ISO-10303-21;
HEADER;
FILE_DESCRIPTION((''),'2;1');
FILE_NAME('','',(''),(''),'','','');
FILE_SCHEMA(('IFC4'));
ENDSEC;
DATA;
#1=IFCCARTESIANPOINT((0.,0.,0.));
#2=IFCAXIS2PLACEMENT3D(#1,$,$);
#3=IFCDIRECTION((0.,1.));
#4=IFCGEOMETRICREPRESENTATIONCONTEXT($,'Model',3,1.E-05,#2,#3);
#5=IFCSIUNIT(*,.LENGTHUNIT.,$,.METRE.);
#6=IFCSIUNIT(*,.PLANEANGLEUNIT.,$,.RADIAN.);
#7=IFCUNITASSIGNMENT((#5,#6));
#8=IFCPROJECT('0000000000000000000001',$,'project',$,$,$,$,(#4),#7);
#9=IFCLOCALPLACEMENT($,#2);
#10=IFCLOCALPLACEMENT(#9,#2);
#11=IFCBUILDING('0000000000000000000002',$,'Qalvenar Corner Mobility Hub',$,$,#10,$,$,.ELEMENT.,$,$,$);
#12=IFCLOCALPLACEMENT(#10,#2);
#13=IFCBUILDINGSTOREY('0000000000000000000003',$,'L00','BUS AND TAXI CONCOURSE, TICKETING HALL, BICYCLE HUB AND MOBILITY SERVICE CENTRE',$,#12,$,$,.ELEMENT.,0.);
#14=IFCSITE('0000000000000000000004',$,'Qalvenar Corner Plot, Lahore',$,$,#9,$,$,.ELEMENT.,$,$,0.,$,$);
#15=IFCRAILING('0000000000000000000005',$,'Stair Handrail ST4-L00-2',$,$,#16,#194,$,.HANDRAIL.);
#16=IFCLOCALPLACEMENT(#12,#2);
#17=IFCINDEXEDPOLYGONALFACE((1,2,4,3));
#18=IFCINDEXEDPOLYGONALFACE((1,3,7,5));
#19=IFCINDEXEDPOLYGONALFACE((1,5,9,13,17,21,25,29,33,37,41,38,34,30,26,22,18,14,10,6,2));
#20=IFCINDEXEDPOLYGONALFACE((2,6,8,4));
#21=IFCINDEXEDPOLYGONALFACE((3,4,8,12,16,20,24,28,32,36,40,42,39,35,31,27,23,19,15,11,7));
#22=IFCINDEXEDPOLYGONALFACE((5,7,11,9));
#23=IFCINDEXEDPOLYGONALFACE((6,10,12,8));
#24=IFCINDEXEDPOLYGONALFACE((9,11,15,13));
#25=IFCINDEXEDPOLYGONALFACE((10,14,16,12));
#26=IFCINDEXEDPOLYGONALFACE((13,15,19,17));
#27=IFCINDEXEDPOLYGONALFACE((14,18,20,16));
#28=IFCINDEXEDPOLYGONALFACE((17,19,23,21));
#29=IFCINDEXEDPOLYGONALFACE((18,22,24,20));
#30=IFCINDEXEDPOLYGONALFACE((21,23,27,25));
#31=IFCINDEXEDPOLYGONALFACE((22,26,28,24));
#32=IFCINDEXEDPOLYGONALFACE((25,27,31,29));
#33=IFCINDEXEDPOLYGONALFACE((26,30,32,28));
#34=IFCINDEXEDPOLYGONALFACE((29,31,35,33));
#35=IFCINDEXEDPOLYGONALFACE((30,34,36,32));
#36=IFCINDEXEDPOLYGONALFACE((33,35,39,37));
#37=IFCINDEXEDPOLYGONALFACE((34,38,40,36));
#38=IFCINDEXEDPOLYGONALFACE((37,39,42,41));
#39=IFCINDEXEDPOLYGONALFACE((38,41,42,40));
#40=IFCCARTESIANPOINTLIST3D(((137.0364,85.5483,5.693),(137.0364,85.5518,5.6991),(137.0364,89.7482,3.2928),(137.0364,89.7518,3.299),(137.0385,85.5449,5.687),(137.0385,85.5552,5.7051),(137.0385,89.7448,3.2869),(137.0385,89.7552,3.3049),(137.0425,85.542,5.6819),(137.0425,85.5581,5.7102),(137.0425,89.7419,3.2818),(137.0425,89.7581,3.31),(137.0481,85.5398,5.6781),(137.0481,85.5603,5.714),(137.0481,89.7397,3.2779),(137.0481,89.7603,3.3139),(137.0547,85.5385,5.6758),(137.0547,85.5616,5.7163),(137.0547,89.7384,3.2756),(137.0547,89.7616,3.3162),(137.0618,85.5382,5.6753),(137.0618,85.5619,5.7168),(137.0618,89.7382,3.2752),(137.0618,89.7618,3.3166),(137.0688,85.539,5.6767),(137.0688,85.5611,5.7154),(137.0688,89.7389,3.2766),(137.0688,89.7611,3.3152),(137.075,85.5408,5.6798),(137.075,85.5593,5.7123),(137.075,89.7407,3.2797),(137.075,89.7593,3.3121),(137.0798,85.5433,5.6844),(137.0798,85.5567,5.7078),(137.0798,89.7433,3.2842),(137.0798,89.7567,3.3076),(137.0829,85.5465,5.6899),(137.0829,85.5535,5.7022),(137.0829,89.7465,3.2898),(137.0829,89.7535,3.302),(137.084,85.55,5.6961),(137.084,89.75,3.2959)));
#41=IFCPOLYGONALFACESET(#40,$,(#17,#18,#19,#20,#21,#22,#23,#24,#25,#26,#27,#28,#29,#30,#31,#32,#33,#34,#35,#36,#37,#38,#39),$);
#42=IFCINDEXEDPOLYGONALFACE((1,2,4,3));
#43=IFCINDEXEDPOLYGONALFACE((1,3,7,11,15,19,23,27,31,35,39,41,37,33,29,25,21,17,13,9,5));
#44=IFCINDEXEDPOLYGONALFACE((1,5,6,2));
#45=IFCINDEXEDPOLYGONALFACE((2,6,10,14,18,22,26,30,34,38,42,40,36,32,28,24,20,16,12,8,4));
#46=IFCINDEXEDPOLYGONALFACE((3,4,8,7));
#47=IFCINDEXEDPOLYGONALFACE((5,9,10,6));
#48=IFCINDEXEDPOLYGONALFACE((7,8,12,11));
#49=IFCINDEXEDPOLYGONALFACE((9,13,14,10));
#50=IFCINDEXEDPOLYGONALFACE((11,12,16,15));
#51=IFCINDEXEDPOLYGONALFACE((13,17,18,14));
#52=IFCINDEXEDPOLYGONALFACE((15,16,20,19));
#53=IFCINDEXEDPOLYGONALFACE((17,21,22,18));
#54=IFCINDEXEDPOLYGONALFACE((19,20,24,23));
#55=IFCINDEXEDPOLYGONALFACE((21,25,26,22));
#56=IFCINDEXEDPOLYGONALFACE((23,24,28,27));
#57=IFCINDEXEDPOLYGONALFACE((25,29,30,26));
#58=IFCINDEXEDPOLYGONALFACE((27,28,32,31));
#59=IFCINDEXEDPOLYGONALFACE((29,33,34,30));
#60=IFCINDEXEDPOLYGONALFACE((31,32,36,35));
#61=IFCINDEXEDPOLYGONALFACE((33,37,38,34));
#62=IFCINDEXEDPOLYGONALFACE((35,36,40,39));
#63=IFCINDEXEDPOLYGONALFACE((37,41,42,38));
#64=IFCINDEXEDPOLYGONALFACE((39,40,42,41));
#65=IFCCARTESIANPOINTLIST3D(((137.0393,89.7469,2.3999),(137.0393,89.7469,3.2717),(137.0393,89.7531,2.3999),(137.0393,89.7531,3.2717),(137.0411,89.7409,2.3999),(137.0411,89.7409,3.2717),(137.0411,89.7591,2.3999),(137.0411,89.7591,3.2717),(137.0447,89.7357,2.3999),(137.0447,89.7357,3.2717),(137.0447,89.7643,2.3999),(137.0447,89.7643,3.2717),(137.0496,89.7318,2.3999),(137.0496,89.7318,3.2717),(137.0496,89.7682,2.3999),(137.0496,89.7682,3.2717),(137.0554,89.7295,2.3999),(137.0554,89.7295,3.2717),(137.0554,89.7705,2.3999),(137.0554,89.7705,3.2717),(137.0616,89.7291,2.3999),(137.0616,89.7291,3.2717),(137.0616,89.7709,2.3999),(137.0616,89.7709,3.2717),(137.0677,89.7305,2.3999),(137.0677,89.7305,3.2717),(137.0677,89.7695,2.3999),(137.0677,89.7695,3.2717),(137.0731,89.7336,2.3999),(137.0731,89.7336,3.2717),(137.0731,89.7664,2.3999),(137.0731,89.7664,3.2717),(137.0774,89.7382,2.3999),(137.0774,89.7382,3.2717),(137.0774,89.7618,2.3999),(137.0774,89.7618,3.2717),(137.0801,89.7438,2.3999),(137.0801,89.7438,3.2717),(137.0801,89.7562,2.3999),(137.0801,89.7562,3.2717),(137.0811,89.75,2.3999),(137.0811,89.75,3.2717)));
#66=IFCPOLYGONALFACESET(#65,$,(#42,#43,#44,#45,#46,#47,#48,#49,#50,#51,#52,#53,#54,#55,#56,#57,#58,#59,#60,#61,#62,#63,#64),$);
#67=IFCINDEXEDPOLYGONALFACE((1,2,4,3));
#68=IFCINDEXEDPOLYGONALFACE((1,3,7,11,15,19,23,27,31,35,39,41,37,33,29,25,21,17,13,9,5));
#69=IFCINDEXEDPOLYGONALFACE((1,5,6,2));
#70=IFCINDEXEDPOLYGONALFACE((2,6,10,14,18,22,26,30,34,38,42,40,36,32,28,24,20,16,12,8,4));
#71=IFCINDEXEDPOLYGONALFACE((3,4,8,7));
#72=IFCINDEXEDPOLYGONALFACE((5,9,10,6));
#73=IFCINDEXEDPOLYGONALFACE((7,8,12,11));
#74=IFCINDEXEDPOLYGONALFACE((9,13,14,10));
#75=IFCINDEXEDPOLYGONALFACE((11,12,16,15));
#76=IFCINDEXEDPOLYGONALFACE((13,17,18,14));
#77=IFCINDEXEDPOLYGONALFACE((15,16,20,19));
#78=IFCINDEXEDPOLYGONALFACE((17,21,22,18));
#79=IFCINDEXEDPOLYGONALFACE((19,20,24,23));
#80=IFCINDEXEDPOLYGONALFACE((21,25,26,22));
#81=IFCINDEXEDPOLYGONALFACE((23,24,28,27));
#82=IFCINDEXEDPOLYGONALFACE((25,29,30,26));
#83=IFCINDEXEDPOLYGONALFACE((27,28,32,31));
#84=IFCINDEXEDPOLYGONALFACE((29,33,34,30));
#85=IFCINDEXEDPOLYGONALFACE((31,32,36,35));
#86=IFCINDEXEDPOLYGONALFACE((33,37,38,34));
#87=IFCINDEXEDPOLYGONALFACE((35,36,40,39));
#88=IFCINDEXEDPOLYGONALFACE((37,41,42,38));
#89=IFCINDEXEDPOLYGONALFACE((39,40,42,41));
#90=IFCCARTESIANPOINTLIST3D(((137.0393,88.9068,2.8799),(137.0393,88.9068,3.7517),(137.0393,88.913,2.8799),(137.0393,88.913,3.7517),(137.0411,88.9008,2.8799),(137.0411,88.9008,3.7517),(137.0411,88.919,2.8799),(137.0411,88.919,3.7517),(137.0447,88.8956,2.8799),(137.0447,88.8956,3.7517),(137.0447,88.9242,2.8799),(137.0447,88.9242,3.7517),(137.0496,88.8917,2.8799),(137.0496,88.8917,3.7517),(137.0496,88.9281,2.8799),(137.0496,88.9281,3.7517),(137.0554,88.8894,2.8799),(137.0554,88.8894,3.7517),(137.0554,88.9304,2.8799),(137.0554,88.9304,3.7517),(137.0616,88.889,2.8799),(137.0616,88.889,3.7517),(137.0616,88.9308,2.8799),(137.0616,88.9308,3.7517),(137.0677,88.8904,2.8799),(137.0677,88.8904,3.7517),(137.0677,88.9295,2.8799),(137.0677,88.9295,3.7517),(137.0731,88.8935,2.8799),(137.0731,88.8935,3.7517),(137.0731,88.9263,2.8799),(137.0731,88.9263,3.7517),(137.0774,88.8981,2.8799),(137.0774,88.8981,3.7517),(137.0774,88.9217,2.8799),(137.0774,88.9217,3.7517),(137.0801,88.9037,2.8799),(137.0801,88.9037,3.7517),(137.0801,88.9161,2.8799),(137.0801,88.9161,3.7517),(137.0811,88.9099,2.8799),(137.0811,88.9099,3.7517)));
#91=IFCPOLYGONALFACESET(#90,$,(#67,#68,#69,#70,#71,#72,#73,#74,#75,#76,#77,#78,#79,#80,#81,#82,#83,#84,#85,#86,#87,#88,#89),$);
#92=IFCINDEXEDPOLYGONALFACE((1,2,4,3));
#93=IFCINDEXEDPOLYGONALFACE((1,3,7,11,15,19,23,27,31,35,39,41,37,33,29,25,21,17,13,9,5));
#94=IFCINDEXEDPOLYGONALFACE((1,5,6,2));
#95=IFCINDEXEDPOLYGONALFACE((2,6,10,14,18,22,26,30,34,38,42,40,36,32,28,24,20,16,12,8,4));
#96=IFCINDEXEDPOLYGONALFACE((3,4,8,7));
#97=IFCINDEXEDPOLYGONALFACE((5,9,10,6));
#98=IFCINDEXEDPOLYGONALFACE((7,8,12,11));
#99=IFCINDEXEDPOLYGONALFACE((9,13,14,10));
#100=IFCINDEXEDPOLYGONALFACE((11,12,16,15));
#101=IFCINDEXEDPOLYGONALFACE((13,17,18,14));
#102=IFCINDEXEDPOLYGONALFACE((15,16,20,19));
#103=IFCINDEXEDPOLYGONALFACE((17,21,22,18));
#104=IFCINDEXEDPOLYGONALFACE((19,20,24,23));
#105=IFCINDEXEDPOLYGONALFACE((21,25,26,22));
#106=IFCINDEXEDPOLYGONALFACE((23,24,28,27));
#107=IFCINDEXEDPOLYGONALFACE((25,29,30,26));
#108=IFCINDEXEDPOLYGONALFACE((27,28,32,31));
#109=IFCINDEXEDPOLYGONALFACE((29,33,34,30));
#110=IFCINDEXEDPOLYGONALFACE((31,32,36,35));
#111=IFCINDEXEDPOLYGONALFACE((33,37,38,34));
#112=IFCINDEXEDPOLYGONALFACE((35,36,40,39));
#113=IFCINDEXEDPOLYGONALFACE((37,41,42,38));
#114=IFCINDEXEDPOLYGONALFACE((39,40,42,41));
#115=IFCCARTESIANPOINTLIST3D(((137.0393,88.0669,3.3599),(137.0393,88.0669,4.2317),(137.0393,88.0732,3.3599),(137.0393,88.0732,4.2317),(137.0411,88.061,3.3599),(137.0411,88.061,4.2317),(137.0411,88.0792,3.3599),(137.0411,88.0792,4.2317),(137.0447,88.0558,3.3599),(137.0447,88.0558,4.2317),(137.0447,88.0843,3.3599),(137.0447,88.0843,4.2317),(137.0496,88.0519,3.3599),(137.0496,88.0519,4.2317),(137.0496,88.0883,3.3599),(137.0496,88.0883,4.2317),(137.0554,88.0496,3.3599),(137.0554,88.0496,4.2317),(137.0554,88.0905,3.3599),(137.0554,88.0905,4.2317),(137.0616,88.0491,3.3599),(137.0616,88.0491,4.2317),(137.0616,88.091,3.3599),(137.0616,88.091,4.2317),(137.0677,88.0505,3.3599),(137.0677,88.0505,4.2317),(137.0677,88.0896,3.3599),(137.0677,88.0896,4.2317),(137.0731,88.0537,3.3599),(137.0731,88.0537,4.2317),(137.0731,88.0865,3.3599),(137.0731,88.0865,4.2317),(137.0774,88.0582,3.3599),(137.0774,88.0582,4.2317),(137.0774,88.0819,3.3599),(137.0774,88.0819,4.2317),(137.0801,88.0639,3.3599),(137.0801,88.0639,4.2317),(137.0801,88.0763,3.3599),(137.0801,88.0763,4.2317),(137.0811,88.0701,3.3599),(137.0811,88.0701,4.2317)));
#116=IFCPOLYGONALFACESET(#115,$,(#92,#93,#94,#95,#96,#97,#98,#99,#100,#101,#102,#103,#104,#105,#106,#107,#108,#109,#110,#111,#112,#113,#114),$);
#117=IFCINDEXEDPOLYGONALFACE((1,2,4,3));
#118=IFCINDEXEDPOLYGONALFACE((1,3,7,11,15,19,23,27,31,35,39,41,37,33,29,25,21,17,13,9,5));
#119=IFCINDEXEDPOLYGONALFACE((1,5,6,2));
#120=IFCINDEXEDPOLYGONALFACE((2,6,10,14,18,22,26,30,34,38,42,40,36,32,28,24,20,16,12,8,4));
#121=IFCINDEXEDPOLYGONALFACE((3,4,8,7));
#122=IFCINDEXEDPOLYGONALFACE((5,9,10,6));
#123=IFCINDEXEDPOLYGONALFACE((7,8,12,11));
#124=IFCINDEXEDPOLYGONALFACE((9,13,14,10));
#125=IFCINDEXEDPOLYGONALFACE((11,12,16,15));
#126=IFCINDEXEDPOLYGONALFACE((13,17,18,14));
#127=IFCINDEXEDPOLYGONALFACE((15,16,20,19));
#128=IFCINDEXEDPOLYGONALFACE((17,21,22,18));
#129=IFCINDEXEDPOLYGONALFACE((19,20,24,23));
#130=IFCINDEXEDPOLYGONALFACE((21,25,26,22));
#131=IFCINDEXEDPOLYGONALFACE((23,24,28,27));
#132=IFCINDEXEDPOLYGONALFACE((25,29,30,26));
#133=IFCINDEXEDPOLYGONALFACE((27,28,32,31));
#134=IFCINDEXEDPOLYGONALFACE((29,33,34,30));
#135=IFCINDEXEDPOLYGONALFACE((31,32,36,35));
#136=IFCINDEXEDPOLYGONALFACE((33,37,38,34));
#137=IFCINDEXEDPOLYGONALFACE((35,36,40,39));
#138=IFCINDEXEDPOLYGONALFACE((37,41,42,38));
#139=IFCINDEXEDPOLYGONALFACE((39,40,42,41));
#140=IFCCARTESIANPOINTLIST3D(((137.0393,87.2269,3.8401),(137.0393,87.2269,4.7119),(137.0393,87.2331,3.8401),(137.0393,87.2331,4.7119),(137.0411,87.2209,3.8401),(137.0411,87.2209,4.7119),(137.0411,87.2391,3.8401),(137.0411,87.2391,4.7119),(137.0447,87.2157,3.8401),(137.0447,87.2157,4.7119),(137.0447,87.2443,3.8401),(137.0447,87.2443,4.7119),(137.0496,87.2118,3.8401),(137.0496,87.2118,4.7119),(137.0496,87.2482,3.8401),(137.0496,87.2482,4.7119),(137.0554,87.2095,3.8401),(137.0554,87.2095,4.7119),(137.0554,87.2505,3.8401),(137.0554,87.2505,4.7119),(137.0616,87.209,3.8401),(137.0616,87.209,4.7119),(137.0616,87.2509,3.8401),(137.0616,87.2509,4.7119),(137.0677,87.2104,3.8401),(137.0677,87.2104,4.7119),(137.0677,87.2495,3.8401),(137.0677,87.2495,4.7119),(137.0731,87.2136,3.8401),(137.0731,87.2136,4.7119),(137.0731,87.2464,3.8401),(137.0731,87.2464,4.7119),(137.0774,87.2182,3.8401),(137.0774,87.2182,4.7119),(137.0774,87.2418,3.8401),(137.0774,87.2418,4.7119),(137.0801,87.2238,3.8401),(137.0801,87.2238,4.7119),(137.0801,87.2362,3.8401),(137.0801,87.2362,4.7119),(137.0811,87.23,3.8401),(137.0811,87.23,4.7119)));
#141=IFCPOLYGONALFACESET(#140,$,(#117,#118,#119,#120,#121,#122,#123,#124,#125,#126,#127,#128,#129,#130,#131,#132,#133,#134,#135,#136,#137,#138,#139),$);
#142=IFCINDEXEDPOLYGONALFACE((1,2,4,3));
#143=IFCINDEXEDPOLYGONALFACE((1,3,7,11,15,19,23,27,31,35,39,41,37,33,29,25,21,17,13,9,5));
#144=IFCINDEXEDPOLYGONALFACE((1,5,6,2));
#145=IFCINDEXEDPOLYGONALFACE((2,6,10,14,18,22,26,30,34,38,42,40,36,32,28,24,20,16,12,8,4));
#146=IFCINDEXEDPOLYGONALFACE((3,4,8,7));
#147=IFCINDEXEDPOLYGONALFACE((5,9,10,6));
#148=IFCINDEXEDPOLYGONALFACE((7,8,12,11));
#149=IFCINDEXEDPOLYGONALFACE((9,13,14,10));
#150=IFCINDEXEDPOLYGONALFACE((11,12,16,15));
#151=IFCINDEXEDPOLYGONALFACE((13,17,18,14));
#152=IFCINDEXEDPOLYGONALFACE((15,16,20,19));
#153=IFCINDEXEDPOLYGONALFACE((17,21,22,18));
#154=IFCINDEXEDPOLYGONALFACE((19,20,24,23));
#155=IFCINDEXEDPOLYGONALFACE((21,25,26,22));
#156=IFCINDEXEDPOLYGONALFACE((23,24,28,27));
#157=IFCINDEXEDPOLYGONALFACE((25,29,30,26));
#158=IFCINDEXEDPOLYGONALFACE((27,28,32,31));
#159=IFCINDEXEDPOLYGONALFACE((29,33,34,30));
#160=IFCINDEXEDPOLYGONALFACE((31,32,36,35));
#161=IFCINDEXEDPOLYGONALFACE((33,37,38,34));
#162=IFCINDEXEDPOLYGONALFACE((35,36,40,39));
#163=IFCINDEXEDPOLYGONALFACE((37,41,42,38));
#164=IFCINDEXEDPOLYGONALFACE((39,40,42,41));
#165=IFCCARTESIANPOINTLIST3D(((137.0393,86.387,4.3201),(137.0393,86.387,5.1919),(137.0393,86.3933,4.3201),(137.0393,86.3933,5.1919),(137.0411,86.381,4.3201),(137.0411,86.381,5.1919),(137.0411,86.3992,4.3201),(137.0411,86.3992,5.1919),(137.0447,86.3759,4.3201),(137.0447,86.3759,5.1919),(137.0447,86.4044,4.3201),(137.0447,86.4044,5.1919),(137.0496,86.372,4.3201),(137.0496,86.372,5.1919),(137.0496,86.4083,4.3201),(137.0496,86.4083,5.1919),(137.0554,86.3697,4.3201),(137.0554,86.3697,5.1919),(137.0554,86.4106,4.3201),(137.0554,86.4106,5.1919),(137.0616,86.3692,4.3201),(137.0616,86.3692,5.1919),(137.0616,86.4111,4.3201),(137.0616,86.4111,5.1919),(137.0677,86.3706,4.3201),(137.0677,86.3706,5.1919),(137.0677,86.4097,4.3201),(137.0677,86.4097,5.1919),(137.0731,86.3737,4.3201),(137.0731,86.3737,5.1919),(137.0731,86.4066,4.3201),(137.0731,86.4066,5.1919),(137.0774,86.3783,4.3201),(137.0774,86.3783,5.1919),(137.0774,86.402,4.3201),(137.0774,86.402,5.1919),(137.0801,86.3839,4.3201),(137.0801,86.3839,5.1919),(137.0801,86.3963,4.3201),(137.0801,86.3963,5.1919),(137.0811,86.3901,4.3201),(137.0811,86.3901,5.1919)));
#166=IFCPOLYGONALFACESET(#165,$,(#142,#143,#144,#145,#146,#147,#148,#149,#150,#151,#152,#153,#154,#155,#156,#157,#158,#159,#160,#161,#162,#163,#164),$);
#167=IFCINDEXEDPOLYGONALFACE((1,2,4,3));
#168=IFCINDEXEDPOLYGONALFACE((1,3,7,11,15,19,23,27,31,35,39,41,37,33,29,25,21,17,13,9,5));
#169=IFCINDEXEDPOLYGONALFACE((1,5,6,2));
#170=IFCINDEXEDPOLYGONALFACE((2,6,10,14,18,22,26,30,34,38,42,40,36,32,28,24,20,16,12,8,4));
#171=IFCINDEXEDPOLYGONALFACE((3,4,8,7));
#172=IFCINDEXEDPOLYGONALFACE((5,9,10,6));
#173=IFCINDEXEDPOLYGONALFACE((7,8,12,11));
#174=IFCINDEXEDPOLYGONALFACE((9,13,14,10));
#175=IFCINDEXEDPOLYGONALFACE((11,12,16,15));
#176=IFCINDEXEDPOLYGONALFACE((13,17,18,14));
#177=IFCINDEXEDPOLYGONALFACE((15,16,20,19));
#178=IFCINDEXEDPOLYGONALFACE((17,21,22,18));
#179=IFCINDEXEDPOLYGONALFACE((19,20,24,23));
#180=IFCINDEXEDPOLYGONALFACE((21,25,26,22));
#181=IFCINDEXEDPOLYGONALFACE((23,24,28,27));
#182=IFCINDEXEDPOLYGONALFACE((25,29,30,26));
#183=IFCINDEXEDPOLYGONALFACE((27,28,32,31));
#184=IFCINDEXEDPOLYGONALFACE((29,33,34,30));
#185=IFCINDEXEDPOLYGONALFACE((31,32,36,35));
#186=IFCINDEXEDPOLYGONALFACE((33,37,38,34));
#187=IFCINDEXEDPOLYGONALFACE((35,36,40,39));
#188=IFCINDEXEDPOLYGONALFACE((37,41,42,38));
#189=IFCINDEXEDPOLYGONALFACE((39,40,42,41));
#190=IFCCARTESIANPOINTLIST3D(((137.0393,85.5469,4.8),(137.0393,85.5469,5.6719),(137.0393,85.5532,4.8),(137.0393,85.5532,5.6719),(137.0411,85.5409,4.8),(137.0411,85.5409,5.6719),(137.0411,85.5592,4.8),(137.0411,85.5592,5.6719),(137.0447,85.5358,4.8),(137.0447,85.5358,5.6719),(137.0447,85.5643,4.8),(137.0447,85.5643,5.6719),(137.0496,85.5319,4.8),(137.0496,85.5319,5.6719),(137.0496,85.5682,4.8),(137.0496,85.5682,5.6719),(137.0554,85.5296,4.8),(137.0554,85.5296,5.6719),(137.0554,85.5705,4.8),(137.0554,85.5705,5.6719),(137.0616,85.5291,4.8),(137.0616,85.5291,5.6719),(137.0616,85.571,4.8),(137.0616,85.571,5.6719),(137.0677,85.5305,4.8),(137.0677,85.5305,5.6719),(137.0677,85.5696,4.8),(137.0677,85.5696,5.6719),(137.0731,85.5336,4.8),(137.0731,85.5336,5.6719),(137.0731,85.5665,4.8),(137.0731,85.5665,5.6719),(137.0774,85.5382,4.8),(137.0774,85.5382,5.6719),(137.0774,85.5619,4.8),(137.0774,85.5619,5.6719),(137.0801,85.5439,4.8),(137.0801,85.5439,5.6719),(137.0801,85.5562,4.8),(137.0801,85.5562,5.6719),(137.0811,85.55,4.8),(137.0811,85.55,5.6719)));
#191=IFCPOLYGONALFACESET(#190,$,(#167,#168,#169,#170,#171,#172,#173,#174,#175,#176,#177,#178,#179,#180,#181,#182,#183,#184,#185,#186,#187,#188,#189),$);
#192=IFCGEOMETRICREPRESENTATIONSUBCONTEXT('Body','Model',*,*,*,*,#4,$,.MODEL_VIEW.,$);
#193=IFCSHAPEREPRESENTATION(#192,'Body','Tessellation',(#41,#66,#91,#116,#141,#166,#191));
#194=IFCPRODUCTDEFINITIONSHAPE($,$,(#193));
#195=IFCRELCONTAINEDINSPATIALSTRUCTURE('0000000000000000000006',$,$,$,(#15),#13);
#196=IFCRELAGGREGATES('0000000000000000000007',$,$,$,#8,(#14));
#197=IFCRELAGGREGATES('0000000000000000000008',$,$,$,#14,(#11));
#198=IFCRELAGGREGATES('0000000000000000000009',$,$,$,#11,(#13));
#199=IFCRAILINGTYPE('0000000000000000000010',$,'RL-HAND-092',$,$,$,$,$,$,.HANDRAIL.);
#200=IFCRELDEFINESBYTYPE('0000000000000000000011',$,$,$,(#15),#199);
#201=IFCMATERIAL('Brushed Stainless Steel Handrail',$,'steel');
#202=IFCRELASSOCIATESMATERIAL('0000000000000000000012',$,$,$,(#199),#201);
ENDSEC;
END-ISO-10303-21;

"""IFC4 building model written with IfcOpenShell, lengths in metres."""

from ifc_helpers import new_model, si_unit, direction, frame, origin, origin_2d, place, context, subcontext, project, spatial, circle, extrude, material, type_object, element, save


model = new_model("IFC4")

# Units and contexts
model_context = context("Model", 3, precision=1e-05, world=origin(), true_north=direction((0.0, 1.0)))
body_context = subcontext(model_context, "Body", "Model", "MODEL_VIEW")
ifc_project = project(units=[si_unit("LENGTHUNIT", "METRE"), si_unit("PLANEANGLEUNIT", "RADIAN")], contexts=[model_context])

# Site, building, storey
site_placement = place(None, origin())
site = spatial("IfcSite", under=ifc_project, at=site_placement, Name="Qalvenar Corner Plot, Lahore", CompositionType="ELEMENT", RefElevation=0.0)
building_placement = place(site_placement, origin())
building = spatial("IfcBuilding", under=site, at=building_placement, Name="Qalvenar Corner Mobility Hub", CompositionType="ELEMENT")
storey_placement = place(building_placement, origin())
storey = spatial("IfcBuildingStorey", under=building, at=storey_placement, Name="L00", Description="BUS AND TAXI CONCOURSE, TICKETING HALL, BICYCLE HUB AND MOBILITY SERVICE CENTRE", CompositionType="ELEMENT", Elevation=0.0)

# Railing
ifc_material_1 = material(Name="Brushed Stainless Steel Handrail", Category="steel")
railing_type_1 = type_object("IfcRailingType", Name="RL-HAND-092", PredefinedType="HANDRAIL", material=ifc_material_1)
railing_1_placement = place(storey_placement, frame((137.0601, 89.75, 2.3999)))
element("IfcRailing", 1, at=railing_1_placement, inside=storey, type_object=railing_type_1, Name="Stair Handrail ST4-L00-2", PredefinedType="HANDRAIL", context=body_context, shape_type="SweptSolid", body=[
    extrude(circle(Radius=0.0239, at=origin_2d()), frame((0.0, 0.0, 0.896), z_axis=(0.0, -0.868228, 0.496166), x_axis=(1.0, 0.0, 0.0)), (0.0, 0.0, 1.0), 4.8374),
    extrude(circle(Radius=0.021, at=origin_2d()), origin(), (0.0, 0.0, 1.0), 0.8718),
    extrude(circle(Radius=0.021, at=origin_2d()), frame((0.0, -0.8401, 0.48)), (0.0, 0.0, 1.0), 0.8718),
    extrude(circle(Radius=0.021, at=origin_2d()), frame((0.0, -1.6799, 0.96)), (0.0, 0.0, 1.0), 0.8718),
    extrude(circle(Radius=0.021, at=origin_2d()), frame((0.0, -2.52, 1.4402)), (0.0, 0.0, 1.0), 0.8718),
    extrude(circle(Radius=0.021, at=origin_2d()), frame((0.0, -3.3599, 1.9202)), (0.0, 0.0, 1.0), 0.8718),
    extrude(circle(Radius=0.021, at=origin_2d()), frame((0.0, -4.2, 2.4001)), (0.0, 0.0, 1.0), 0.8718),
])

save(model, "model.ifc")
